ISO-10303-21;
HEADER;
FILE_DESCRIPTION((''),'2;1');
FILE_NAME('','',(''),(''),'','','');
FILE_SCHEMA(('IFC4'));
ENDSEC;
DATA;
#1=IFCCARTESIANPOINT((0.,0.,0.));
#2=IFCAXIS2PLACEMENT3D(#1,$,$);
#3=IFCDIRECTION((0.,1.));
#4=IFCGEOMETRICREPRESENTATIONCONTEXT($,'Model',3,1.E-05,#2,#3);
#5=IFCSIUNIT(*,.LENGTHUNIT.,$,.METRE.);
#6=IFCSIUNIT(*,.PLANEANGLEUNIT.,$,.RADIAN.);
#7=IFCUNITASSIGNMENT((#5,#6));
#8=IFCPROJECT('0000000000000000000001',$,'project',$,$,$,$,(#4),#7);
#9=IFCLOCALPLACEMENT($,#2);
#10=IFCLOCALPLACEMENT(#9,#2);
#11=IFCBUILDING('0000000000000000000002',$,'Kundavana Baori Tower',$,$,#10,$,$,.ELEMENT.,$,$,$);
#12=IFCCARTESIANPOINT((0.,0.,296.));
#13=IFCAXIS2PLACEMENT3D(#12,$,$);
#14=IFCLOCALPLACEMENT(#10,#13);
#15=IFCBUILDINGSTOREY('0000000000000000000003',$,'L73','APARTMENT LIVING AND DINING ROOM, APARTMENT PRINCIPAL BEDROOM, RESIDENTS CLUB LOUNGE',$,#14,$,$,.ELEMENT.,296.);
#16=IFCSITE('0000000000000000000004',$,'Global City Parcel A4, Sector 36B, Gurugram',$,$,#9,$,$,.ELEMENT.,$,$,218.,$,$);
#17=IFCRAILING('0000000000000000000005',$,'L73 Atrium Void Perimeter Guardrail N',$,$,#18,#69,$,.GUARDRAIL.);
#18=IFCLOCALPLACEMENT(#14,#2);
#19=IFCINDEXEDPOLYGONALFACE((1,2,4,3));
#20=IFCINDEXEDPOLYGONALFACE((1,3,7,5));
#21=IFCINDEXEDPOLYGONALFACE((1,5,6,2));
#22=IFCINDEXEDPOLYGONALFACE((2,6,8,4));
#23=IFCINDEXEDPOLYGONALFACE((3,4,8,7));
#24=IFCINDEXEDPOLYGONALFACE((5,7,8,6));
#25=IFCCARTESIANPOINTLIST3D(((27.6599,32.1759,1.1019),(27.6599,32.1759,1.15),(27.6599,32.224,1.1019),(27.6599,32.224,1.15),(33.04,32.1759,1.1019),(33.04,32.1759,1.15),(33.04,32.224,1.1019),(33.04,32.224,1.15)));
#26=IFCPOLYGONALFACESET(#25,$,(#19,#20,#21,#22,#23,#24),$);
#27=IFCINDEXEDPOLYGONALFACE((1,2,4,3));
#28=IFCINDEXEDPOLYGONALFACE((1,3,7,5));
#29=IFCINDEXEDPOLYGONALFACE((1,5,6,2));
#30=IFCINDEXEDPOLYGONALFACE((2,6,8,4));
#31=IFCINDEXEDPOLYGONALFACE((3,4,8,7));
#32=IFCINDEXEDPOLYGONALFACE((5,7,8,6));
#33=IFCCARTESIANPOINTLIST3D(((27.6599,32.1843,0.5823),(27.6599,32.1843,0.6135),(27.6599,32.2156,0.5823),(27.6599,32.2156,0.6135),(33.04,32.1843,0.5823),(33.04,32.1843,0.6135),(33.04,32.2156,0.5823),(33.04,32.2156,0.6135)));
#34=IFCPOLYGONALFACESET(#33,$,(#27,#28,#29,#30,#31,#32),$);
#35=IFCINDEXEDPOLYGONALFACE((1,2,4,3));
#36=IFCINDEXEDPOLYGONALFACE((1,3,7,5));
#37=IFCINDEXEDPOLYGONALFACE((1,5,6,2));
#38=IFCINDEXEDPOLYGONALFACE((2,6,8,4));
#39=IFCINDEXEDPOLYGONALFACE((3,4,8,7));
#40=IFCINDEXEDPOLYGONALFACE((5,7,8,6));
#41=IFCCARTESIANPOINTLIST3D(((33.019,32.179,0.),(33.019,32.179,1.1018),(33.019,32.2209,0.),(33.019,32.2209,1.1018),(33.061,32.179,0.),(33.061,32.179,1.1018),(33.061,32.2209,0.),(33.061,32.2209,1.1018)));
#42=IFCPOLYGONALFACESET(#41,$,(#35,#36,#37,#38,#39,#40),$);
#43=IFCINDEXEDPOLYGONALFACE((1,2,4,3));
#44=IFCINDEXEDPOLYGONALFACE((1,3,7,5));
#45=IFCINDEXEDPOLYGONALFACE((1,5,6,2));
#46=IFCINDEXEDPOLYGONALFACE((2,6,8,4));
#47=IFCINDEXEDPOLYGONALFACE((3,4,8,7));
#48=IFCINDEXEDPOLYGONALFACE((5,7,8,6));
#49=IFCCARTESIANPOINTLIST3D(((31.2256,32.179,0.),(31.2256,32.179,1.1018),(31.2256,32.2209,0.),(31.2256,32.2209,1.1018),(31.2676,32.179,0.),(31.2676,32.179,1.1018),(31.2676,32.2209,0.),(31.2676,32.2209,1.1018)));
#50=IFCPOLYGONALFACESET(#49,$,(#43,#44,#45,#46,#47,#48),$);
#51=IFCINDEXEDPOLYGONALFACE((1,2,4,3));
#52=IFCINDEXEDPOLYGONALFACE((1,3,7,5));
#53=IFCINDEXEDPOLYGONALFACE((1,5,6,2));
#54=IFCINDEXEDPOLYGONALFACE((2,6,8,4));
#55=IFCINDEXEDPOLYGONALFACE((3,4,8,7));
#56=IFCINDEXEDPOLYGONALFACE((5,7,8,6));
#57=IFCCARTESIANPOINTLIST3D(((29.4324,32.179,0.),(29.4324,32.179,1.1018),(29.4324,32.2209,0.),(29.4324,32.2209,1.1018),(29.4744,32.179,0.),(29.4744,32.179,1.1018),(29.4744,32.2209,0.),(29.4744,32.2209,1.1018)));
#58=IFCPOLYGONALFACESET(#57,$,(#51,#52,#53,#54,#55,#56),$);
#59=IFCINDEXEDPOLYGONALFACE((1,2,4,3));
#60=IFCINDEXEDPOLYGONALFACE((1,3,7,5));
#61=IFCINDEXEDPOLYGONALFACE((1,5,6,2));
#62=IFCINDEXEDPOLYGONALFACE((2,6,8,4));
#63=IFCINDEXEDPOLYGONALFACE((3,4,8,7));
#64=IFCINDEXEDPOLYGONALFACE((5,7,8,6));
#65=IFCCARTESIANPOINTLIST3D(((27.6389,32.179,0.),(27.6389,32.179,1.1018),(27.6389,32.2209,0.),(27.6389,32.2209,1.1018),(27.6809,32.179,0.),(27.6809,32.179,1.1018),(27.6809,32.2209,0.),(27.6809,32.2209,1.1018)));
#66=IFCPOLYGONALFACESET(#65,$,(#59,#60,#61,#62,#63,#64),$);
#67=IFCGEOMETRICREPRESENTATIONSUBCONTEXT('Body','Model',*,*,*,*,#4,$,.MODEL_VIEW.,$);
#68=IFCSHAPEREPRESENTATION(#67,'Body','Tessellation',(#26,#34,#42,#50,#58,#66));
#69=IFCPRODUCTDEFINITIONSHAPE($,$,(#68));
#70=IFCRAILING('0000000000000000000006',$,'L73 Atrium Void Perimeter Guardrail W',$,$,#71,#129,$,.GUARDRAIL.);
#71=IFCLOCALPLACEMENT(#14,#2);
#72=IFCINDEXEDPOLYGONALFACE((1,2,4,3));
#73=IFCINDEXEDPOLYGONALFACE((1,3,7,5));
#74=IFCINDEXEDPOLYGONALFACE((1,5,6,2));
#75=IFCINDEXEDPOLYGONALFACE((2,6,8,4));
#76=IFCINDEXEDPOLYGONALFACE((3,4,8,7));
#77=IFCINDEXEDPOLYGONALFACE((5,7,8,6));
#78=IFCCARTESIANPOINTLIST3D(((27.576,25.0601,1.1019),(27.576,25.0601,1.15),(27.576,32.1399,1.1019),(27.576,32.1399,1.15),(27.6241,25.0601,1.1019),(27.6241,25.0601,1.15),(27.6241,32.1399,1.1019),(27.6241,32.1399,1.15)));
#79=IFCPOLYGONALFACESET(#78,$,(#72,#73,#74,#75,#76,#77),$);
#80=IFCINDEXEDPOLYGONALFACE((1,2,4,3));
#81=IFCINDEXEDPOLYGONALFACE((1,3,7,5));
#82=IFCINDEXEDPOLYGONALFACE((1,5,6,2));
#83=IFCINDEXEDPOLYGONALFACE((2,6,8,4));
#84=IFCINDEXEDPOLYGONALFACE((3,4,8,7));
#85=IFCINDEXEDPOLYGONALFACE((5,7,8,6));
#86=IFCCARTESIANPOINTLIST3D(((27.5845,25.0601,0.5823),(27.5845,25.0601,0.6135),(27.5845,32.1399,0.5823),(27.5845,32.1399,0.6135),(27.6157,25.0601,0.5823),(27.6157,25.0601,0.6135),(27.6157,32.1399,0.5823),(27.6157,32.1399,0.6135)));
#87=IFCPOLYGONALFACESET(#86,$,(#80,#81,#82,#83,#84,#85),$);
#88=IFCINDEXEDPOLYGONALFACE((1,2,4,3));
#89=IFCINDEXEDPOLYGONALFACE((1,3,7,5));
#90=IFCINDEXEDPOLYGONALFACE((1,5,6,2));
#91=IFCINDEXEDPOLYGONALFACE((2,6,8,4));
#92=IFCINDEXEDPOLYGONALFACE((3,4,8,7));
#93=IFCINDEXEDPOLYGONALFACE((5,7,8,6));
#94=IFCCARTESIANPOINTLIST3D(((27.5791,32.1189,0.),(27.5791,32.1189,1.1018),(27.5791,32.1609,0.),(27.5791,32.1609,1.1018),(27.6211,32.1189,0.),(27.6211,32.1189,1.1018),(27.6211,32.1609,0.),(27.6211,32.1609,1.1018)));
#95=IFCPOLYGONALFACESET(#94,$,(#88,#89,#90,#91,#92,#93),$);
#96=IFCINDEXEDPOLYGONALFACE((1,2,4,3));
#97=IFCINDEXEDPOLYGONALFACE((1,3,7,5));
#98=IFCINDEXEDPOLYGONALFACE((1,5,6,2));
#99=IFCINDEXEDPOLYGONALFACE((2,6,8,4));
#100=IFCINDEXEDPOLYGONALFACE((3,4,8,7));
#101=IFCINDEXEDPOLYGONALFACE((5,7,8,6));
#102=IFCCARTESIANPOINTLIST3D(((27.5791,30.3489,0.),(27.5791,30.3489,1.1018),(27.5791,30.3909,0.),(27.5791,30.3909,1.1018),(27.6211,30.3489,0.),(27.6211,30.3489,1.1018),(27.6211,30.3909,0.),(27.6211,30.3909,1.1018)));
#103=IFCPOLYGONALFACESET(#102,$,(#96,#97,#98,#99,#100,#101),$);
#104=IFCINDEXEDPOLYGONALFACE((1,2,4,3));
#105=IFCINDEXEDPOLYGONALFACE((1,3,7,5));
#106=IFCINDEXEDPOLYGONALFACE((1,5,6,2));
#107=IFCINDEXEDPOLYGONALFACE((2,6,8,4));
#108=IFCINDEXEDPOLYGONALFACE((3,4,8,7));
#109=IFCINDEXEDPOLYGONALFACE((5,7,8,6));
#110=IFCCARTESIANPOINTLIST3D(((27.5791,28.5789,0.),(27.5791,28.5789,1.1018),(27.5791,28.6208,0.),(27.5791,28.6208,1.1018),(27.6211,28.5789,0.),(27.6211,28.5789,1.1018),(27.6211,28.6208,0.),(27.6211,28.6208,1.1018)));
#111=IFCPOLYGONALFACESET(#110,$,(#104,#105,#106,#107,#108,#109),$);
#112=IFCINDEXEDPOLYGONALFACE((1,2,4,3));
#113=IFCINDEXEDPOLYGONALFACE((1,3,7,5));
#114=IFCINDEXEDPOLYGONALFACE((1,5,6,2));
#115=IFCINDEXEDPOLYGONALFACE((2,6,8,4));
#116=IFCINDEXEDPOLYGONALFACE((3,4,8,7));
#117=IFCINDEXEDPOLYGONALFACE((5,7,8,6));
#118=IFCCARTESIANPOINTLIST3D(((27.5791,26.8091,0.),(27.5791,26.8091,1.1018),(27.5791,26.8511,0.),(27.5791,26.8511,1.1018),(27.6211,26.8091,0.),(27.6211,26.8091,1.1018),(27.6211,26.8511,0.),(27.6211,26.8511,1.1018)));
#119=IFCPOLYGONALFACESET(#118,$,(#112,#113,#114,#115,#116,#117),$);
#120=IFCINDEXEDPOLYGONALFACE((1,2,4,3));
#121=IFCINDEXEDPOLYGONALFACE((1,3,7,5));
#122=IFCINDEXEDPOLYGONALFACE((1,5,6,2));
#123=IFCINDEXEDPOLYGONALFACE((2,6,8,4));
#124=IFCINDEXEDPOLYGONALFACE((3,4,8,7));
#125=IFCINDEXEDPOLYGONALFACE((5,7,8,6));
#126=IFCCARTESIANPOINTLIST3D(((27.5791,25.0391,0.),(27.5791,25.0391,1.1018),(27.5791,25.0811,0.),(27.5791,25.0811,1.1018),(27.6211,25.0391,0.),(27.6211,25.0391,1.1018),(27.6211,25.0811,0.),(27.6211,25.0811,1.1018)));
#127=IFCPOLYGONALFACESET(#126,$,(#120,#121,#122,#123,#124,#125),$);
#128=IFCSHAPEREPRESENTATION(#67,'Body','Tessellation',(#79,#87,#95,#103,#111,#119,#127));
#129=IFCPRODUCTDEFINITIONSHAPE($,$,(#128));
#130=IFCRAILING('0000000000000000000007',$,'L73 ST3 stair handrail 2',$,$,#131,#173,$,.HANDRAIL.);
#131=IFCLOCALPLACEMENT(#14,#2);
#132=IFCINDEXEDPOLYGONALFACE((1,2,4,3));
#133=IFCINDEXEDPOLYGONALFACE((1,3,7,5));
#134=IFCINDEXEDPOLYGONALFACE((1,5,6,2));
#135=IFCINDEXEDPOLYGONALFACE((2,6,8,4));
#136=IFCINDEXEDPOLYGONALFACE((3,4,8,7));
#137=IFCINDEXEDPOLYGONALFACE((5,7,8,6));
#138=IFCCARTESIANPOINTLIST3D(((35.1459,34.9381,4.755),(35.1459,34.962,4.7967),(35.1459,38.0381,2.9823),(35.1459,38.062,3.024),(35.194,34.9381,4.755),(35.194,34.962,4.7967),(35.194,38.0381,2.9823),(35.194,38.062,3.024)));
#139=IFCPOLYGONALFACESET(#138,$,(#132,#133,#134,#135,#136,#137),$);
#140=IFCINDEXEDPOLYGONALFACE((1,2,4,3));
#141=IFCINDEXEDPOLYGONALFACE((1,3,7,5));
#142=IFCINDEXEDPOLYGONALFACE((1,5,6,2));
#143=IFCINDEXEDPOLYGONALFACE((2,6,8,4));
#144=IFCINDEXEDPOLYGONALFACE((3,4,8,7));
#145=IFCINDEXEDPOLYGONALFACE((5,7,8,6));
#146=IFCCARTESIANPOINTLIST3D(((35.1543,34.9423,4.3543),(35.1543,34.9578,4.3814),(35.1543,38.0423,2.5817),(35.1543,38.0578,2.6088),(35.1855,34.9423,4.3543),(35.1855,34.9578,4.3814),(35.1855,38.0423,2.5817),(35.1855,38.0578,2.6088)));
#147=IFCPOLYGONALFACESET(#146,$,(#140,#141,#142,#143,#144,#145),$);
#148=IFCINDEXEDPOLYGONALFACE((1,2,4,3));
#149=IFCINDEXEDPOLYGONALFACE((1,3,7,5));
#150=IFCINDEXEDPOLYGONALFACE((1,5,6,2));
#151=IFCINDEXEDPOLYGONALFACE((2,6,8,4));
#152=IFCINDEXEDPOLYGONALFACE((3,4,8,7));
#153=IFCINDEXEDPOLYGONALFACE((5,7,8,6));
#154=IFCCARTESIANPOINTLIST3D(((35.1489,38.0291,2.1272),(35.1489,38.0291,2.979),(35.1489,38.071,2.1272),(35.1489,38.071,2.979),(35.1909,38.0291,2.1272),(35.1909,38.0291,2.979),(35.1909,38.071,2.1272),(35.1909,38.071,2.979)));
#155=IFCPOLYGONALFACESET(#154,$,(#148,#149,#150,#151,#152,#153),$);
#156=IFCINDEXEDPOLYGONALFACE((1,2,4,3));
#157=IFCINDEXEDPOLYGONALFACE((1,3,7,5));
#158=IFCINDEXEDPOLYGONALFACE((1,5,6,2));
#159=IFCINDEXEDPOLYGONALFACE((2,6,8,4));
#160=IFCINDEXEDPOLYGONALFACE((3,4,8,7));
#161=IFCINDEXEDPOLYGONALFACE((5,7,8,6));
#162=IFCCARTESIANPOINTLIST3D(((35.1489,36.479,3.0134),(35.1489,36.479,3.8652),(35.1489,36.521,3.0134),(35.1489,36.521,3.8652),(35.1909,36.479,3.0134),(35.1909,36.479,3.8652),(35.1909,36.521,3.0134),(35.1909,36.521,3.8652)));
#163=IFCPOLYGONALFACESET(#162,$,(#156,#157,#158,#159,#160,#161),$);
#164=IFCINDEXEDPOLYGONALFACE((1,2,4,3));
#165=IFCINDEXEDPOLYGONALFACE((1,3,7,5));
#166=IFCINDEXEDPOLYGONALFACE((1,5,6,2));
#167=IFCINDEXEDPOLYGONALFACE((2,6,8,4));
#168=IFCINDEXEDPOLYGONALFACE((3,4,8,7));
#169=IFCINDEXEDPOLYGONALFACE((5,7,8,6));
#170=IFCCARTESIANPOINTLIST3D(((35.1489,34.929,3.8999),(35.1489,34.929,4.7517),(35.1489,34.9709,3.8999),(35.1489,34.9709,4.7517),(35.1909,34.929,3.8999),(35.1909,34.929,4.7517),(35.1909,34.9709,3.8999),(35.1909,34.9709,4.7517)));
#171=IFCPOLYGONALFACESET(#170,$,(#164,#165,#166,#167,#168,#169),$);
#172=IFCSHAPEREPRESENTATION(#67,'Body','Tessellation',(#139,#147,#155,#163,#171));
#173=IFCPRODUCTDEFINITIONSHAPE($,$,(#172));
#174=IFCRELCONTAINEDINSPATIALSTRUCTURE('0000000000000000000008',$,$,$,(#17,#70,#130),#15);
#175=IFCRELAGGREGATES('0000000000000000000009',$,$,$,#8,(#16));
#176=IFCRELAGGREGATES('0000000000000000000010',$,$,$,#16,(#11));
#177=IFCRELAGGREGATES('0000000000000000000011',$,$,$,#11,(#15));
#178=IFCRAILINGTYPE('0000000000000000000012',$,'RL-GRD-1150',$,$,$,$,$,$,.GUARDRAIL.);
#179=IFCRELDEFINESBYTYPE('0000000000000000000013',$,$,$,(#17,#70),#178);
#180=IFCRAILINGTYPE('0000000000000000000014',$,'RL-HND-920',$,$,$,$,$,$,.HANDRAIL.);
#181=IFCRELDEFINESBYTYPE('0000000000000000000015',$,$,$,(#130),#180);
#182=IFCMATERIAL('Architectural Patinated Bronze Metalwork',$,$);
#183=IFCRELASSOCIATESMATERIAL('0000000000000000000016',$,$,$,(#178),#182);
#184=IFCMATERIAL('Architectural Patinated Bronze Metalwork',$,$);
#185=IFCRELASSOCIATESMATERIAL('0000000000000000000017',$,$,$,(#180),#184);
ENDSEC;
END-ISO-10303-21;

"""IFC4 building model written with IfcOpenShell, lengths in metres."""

from ifc_helpers import new_model, si_unit, direction, frame, origin, origin_2d, place, context, subcontext, project, spatial, rectangle, extrude, material, type_object, element, save


model = new_model("IFC4")

# Units and contexts
model_context = context("Model", 3, precision=1e-05, world=origin(), true_north=direction((0.0, 1.0)))
body_context = subcontext(model_context, "Body", "Model", "MODEL_VIEW")
ifc_project = project(units=[si_unit("LENGTHUNIT", "METRE"), si_unit("PLANEANGLEUNIT", "RADIAN")], contexts=[model_context])

# Site, building, storey
site_placement = place(None, origin())
site = spatial("IfcSite", under=ifc_project, at=site_placement, Name="Global City Parcel A4, Sector 36B, Gurugram", CompositionType="ELEMENT", RefElevation=218.0)
building_placement = place(site_placement, origin())
building = spatial("IfcBuilding", under=site, at=building_placement, Name="Kundavana Baori Tower", CompositionType="ELEMENT")
storey_placement = place(building_placement, frame((0.0, 0.0, 296.0)))
storey = spatial("IfcBuildingStorey", under=building, at=storey_placement, Name="L73", Description="APARTMENT LIVING AND DINING ROOM, APARTMENT PRINCIPAL BEDROOM, RESIDENTS CLUB LOUNGE", CompositionType="ELEMENT", Elevation=296.0)

# Railings
ifc_material_1 = material(Name="Architectural Patinated Bronze Metalwork")
railing_type_1 = type_object("IfcRailingType", Name="RL-GRD-1150", PredefinedType="GUARDRAIL", material=ifc_material_1)
railing_1_placement = place(storey_placement, frame((33.04, 32.2, 0.0)))
element("IfcRailing", 1, at=railing_1_placement, inside=storey, type_object=railing_type_1, Name="L73 Atrium Void Perimeter Guardrail N", PredefinedType="GUARDRAIL", context=body_context, shape_type="SweptSolid", body=[
    extrude(rectangle(XDim=0.0481, YDim=0.0481, at=origin_2d()), frame((0.0, 0.0, 1.126), z_axis=(-1.0, 0.0, 0.0), x_axis=(0.0, -1.0, 0.0)), (0.0, 0.0, 1.0), 5.3801),
    extrude(rectangle(XDim=0.0312, YDim=0.0312, at=origin_2d()), frame((0.0, 0.0, 0.5979), z_axis=(-1.0, 0.0, 0.0), x_axis=(0.0, -1.0, 0.0)), (0.0, 0.0, 1.0), 5.3801),
    extrude(rectangle(XDim=0.042, YDim=0.042, at=origin_2d()), origin(), (0.0, 0.0, 1.0), 1.1018),
    extrude(rectangle(XDim=0.042, YDim=0.042, at=origin_2d()), frame((-1.7935, 0.0, 0.0)), (0.0, 0.0, 1.0), 1.1018),
    extrude(rectangle(XDim=0.042, YDim=0.042, at=origin_2d()), frame((-3.5867, 0.0, 0.0)), (0.0, 0.0, 1.0), 1.1018),
    extrude(rectangle(XDim=0.042, YDim=0.042, at=origin_2d()), frame((-5.3801, 0.0, 0.0)), (0.0, 0.0, 1.0), 1.1018),
])
railing_2_placement = place(storey_placement, frame((27.6001, 32.1399, 0.0)))
element("IfcRailing", 2, at=railing_2_placement, inside=storey, type_object=railing_type_1, Name="L73 Atrium Void Perimeter Guardrail W", PredefinedType="GUARDRAIL", context=body_context, shape_type="SweptSolid", body=[
    extrude(rectangle(XDim=0.0481, YDim=0.0481, at=origin_2d()), frame((0.0, 0.0, 1.126), z_axis=(0.0, -1.0, 0.0), x_axis=(1.0, 0.0, 0.0)), (0.0, 0.0, 1.0), 7.0798),
    extrude(rectangle(XDim=0.0312, YDim=0.0312, at=origin_2d()), frame((0.0, 0.0, 0.5979), z_axis=(0.0, -1.0, 0.0), x_axis=(1.0, 0.0, 0.0)), (0.0, 0.0, 1.0), 7.0798),
    extrude(rectangle(XDim=0.042, YDim=0.042, at=origin_2d()), origin(), (0.0, 0.0, 1.0), 1.1018),
    extrude(rectangle(XDim=0.042, YDim=0.042, at=origin_2d()), frame((0.0, -1.77, 0.0)), (0.0, 0.0, 1.0), 1.1018),
    extrude(rectangle(XDim=0.042, YDim=0.042, at=origin_2d()), frame((0.0, -3.54, 0.0)), (0.0, 0.0, 1.0), 1.1018),
    extrude(rectangle(XDim=0.042, YDim=0.042, at=origin_2d()), frame((0.0, -5.3098, 0.0)), (0.0, 0.0, 1.0), 1.1018),
    extrude(rectangle(XDim=0.042, YDim=0.042, at=origin_2d()), frame((0.0, -7.0798, 0.0)), (0.0, 0.0, 1.0), 1.1018),
])
ifc_material_2 = material(Name="Architectural Patinated Bronze Metalwork")
railing_type_2 = type_object("IfcRailingType", Name="RL-HND-920", PredefinedType="HANDRAIL", material=ifc_material_2)
railing_3_placement = place(storey_placement, frame((35.1699, 38.05, 2.1272)))
element("IfcRailing", 3, at=railing_3_placement, inside=storey, type_object=railing_type_2, Name="L73 ST3 stair handrail 2", PredefinedType="HANDRAIL", context=body_context, shape_type="SweptSolid", body=[
    extrude(rectangle(XDim=0.0481, YDim=0.0481, at=origin_2d()), frame((0.0, 0.0, 0.876), z_axis=(0.0, -0.868096, 0.496397), x_axis=(1.0, 0.0, 0.0)), (0.0, 0.0, 1.0), 3.571),
    extrude(rectangle(XDim=0.0312, YDim=0.0312, at=origin_2d()), frame((0.0, 0.0, 0.468), z_axis=(0.0, -0.868096, 0.496397), x_axis=(1.0, 0.0, 0.0)), (0.0, 0.0, 1.0), 3.571),
    extrude(rectangle(XDim=0.042, YDim=0.042, at=origin_2d()), origin(), (0.0, 0.0, 1.0), 0.8518),
    extrude(rectangle(XDim=0.042, YDim=0.042, at=origin_2d()), frame((0.0, -1.55, 0.8862)), (0.0, 0.0, 1.0), 0.8518),
    extrude(rectangle(XDim=0.042, YDim=0.042, at=origin_2d()), frame((0.0, -3.1001, 1.7727)), (0.0, 0.0, 1.0), 0.8518),
])

save(model, "model.ifc")
